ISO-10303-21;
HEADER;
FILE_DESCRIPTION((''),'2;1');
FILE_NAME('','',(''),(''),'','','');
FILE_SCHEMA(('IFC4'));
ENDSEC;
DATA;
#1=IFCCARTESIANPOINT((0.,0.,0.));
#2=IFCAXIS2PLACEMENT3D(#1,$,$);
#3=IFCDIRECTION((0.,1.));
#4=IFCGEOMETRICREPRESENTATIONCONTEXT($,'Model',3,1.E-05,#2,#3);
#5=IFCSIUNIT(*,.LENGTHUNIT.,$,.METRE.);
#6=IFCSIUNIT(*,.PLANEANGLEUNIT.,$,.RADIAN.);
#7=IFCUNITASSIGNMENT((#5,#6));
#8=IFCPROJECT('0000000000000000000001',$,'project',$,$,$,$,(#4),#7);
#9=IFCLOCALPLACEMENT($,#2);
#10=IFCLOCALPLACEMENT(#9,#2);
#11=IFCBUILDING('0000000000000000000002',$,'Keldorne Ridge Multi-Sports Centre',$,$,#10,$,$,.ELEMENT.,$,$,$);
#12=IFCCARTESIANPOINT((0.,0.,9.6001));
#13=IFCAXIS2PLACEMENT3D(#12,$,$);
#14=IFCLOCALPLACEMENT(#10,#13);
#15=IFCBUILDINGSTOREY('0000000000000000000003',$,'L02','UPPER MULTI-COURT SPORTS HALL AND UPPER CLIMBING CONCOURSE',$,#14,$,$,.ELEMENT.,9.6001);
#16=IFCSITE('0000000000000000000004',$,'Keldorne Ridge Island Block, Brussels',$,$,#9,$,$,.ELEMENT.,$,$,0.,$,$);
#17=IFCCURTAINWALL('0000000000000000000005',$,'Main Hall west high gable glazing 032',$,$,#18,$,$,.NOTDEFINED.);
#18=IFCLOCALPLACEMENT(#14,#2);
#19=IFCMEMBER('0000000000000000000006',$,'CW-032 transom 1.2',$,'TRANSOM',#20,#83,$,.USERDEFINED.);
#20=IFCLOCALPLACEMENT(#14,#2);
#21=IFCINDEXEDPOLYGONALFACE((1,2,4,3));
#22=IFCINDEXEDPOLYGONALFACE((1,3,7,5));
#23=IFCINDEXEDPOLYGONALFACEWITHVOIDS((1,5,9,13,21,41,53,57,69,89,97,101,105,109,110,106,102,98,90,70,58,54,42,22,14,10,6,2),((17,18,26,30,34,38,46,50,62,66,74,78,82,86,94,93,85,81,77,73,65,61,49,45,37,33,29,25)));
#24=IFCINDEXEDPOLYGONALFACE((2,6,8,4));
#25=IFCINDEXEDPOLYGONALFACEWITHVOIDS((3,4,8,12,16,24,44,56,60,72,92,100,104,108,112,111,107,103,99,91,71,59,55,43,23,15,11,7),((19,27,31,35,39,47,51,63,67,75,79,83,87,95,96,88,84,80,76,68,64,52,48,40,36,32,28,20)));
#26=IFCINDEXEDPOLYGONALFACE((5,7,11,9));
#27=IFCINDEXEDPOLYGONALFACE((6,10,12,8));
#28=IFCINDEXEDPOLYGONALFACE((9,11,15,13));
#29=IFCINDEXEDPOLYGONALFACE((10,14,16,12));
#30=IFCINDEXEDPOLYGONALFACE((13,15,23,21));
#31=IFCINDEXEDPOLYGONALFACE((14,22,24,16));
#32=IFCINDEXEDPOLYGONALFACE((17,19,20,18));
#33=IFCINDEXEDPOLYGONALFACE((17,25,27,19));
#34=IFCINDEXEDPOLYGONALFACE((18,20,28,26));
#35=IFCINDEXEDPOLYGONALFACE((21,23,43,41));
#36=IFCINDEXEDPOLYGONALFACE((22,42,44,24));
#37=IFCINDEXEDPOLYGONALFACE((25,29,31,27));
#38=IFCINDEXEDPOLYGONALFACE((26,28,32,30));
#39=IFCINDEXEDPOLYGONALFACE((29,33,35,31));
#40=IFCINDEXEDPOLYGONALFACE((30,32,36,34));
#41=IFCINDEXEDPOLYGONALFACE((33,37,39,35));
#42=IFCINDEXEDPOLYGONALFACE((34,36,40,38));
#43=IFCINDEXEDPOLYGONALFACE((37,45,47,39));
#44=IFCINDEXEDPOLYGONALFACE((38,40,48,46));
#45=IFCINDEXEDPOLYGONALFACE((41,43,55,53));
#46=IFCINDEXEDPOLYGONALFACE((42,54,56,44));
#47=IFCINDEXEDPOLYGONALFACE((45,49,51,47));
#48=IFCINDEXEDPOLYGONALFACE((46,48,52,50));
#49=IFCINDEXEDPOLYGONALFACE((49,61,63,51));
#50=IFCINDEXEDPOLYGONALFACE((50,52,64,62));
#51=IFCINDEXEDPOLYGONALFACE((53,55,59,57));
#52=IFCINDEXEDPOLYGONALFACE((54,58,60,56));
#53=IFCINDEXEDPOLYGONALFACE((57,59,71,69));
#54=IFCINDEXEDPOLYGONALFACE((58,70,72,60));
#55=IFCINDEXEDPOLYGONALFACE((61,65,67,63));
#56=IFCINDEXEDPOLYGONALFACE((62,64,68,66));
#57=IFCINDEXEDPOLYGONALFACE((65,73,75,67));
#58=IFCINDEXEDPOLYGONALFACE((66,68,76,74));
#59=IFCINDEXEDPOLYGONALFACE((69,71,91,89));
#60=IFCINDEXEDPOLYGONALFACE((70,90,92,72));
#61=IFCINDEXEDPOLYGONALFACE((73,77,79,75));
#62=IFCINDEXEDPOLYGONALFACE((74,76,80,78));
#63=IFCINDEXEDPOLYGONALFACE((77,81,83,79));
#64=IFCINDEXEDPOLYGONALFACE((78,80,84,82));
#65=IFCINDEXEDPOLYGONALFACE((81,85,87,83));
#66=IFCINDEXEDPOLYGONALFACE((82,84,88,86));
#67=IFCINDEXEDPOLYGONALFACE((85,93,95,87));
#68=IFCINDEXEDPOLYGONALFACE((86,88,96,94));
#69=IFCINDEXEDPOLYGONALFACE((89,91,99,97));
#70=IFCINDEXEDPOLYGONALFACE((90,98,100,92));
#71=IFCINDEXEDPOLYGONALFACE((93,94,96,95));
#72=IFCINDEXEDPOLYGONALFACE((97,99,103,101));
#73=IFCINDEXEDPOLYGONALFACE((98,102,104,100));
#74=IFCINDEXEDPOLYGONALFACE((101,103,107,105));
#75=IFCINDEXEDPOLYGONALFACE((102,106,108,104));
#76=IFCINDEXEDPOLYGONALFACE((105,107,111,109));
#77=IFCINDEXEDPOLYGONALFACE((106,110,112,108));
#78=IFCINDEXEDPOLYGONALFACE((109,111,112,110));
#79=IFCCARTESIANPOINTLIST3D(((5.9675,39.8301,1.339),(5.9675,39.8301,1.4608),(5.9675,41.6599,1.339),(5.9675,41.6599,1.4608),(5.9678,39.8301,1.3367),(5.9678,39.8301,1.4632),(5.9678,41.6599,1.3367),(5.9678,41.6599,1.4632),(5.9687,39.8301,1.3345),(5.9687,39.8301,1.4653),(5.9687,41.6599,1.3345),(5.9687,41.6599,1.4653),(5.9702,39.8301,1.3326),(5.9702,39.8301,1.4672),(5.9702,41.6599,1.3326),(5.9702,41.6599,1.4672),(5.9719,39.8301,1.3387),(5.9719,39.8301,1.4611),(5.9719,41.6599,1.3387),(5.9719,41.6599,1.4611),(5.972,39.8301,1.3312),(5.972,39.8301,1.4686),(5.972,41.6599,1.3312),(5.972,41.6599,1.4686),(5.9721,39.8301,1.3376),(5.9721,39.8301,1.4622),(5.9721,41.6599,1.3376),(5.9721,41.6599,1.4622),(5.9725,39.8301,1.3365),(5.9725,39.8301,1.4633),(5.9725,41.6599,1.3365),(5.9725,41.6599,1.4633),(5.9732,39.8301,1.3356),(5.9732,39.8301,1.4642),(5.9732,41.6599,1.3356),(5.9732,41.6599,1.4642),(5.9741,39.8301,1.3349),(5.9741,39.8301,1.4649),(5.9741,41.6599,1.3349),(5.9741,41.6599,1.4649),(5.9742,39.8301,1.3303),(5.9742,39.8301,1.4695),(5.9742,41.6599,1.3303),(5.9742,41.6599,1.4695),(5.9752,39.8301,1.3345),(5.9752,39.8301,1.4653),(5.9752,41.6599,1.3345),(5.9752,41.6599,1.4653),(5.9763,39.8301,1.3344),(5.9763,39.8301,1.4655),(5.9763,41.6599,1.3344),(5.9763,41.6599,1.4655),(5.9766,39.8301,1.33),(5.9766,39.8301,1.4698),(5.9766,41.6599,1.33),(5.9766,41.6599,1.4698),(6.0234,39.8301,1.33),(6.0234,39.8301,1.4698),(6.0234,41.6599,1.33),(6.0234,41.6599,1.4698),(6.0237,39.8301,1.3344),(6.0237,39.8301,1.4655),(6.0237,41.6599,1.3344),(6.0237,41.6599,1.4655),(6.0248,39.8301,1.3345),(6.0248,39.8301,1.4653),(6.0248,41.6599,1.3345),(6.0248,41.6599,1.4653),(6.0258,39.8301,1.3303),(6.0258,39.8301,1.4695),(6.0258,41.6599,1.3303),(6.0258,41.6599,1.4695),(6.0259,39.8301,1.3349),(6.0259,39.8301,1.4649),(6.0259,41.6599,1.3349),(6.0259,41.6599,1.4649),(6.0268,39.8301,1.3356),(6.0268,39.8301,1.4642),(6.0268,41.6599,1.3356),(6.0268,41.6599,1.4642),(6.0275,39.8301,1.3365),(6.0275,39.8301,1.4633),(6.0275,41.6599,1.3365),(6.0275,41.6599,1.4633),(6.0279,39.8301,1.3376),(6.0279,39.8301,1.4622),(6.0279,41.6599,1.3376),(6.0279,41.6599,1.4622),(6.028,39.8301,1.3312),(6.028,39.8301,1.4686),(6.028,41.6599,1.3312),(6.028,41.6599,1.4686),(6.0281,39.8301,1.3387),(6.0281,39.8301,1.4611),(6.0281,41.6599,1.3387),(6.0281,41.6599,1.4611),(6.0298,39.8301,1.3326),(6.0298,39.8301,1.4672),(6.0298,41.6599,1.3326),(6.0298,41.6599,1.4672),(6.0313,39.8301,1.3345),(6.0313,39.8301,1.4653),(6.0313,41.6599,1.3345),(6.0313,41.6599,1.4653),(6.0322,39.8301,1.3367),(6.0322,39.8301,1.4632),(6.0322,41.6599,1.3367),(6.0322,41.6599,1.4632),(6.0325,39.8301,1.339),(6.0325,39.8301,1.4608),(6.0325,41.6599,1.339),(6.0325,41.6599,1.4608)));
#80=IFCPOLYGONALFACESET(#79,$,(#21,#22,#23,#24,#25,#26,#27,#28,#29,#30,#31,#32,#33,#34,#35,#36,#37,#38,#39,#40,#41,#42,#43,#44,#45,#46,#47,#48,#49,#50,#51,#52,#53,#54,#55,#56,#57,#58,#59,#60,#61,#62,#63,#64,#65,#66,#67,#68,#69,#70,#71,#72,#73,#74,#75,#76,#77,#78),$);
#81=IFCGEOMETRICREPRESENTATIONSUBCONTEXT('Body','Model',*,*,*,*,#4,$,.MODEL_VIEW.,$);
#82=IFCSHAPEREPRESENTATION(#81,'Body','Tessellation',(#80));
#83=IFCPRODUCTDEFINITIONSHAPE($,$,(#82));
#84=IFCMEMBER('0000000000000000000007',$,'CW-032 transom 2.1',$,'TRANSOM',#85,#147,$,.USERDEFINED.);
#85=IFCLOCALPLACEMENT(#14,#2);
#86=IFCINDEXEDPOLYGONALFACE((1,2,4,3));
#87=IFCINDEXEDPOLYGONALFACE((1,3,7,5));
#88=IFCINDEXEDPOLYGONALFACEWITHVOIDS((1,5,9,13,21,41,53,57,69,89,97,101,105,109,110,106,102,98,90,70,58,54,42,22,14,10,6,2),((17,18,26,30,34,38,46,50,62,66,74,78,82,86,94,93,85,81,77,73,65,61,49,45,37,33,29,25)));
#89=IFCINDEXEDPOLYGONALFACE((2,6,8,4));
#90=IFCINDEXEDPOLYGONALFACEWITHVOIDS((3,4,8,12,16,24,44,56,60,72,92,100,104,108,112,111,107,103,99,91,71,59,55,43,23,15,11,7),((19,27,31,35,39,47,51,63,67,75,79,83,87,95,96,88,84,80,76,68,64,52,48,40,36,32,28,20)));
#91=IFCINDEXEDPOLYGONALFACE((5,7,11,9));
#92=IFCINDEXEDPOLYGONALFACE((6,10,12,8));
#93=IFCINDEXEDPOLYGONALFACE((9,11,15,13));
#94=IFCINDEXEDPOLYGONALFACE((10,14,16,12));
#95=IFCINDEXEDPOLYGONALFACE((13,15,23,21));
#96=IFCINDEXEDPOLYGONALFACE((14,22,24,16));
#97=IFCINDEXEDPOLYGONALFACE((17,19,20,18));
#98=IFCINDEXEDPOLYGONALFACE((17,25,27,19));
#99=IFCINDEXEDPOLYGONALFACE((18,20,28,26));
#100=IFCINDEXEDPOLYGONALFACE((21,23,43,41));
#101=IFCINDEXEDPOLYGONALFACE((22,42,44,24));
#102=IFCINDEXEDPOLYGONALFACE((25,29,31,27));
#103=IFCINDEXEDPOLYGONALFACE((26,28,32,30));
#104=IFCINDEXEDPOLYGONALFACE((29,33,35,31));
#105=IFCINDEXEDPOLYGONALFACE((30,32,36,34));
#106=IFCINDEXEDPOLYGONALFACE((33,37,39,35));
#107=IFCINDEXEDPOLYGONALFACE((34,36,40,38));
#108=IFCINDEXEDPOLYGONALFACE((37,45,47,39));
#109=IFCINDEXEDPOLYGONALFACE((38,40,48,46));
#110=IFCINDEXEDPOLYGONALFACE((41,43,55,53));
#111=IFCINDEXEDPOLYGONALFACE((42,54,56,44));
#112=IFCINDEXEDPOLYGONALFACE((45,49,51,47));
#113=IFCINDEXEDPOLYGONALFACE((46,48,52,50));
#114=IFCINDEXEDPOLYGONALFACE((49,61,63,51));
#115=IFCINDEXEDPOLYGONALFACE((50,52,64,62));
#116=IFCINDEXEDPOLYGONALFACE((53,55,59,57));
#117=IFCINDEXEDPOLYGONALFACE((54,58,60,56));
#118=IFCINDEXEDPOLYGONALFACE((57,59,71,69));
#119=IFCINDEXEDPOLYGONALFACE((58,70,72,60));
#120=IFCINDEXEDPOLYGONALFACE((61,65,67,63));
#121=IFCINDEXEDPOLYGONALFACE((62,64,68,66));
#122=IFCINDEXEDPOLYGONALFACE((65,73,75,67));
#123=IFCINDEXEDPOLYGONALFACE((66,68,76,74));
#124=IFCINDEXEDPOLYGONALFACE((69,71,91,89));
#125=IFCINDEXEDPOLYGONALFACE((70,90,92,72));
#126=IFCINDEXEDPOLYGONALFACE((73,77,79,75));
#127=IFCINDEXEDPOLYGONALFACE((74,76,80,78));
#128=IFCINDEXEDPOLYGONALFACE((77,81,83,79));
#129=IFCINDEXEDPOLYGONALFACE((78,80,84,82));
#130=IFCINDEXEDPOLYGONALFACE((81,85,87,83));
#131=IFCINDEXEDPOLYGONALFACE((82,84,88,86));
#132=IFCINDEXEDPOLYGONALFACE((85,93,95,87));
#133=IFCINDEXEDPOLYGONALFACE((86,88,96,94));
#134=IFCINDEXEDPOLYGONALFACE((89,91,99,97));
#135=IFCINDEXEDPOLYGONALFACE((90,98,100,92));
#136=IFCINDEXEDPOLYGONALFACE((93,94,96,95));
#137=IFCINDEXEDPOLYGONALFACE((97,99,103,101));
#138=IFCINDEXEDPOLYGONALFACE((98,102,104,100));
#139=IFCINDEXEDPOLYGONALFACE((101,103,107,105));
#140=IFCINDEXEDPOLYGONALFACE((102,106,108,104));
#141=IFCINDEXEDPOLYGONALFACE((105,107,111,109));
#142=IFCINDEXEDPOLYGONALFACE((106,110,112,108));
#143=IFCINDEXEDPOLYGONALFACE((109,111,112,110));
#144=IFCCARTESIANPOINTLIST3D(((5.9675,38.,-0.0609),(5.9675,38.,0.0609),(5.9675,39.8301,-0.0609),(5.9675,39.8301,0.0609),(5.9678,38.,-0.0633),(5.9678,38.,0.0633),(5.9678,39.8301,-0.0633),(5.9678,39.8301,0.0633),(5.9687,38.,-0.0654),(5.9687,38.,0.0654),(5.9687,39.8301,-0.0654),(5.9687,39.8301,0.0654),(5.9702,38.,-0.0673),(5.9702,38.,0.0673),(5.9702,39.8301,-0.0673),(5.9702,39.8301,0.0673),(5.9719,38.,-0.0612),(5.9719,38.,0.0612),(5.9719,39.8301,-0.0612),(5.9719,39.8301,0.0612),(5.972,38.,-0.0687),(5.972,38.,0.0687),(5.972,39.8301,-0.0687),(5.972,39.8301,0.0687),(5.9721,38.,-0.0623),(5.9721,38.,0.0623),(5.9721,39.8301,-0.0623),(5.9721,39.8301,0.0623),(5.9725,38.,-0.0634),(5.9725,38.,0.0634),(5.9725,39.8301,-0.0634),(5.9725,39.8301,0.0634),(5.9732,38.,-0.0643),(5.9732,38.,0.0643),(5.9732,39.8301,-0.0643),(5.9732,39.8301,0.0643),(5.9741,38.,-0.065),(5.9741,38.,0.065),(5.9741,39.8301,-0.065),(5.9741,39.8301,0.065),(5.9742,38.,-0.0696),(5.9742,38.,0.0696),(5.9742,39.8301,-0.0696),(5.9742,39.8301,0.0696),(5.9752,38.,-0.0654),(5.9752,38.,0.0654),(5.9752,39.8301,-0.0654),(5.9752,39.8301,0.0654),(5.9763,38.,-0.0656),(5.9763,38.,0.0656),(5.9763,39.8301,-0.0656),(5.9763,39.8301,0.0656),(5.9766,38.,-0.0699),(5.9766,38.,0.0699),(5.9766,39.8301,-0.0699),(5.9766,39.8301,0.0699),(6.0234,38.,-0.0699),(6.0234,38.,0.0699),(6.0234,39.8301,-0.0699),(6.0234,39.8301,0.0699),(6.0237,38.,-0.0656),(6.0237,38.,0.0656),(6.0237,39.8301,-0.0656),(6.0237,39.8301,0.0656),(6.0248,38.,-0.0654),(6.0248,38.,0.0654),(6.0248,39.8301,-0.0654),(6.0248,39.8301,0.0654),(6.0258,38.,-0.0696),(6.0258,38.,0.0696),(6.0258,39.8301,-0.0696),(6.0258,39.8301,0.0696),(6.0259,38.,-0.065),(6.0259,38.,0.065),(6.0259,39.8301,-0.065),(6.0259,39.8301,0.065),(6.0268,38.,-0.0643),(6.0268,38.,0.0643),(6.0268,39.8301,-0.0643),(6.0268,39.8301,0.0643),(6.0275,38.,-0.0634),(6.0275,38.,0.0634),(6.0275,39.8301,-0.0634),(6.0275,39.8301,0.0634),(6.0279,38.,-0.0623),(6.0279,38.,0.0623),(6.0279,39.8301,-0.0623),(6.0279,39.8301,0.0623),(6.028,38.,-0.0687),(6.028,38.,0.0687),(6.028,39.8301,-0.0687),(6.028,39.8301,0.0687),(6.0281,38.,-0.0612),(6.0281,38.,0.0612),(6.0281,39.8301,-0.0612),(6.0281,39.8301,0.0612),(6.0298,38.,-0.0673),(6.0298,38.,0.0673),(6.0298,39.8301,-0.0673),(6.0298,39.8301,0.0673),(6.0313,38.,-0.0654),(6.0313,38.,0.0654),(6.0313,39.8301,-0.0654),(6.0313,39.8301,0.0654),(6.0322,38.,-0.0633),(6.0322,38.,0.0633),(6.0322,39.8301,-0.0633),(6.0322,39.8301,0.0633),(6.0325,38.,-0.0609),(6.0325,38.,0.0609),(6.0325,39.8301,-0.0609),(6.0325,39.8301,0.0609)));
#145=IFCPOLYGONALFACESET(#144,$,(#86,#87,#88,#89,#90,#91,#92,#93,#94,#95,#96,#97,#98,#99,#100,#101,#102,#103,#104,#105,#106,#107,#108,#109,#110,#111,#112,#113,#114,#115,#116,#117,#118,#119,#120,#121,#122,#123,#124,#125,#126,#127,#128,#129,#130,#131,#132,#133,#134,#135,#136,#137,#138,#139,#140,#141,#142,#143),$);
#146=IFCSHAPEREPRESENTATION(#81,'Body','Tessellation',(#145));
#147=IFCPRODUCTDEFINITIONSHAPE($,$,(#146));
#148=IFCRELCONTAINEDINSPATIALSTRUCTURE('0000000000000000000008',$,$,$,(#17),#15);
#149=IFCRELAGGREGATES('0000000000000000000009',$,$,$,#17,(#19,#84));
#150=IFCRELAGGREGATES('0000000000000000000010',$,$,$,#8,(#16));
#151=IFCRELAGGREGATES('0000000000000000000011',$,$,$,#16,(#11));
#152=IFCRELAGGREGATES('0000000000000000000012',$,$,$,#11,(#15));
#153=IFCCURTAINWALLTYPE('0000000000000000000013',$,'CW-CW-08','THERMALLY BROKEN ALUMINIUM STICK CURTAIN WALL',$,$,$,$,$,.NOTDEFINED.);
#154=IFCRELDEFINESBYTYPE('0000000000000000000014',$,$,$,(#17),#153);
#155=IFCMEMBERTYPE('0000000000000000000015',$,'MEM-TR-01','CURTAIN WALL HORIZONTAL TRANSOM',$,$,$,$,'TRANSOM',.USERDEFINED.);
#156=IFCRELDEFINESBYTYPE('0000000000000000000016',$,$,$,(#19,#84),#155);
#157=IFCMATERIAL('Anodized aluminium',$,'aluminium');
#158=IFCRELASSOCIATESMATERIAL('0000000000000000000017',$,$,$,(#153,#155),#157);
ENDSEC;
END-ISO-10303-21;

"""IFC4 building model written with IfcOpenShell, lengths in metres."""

from ifc_helpers import new_model, si_unit, direction, frame, origin, origin_2d, place, context, subcontext, project, spatial, hollow_rectangle, extrude, material, material_profile, profile_set, type_object, element, aggregate, save


model = new_model("IFC4")

# Units and contexts
model_context = context("Model", 3, precision=1e-05, world=origin(), true_north=direction((0.0, 1.0)))
body_context = subcontext(model_context, "Body", "Model", "MODEL_VIEW")
ifc_project = project(units=[si_unit("LENGTHUNIT", "METRE"), si_unit("PLANEANGLEUNIT", "RADIAN")], contexts=[model_context])

# Site, building, storey
site_placement = place(None, origin())
site = spatial("IfcSite", under=ifc_project, at=site_placement, Name="Keldorne Ridge Island Block, Brussels", CompositionType="ELEMENT", RefElevation=0.0)
building_placement = place(site_placement, origin())
building = spatial("IfcBuilding", under=site, at=building_placement, Name="Keldorne Ridge Multi-Sports Centre", CompositionType="ELEMENT")
storey_placement = place(building_placement, frame((0.0, 0.0, 9.6001)))
storey = spatial("IfcBuildingStorey", under=building, at=storey_placement, Name="L02", Description="UPPER MULTI-COURT SPORTS HALL AND UPPER CLIMBING CONCOURSE", CompositionType="ELEMENT", Elevation=9.6001)

# Curtain wall
ifc_material_1 = material(Name="Anodized aluminium", Category="aluminium")
curtain_wall_type_1 = type_object("IfcCurtainWallType", Name="CW-CW-08", Description="THERMALLY BROKEN ALUMINIUM STICK CURTAIN WALL", PredefinedType="NOTDEFINED", material=ifc_material_1)
curtain_wall_1_placement = place(storey_placement, origin())
curtain_wall_1 = element("IfcCurtainWall", 1, at=curtain_wall_1_placement, inside=storey, type_object=curtain_wall_type_1, Name="Main Hall west high gable glazing 032", PredefinedType="NOTDEFINED")

# Members
ifc_material_profile_1 = material_profile(ifc_material_1, hollow_rectangle(XDim=0.0649, YDim=0.1399, WallThickness=0.0044, InnerFilletRadius=0.0044, OuterFilletRadius=0.009, at=origin_2d()), Name="ALU TRANSOM 140x65x4.5")
ifc_profile_set_1 = profile_set([ifc_material_profile_1], Name="Anodized aluminium")
member_type_1 = type_object("IfcMemberType", Name="MEM-TR-01", Description="CURTAIN WALL HORIZONTAL TRANSOM", ElementType="TRANSOM", PredefinedType="USERDEFINED", material=ifc_profile_set_1)
member_1_placement = place(storey_placement, frame((6.0, 41.6599, 1.3999), z_axis=(0.0, -1.0, 0.0), x_axis=(1.0, 0.0, 0.0)))
member_1 = element("IfcMember", 2, at=member_1_placement, type_object=member_type_1, Name="CW-032 transom 1.2", ObjectType="TRANSOM", PredefinedType="USERDEFINED", context=body_context, shape_type="SweptSolid", body=[
    extrude(hollow_rectangle(XDim=0.0649, YDim=0.1399, WallThickness=0.0044, InnerFilletRadius=0.0044, OuterFilletRadius=0.009, at=origin_2d()), origin(), (0.0, 0.0, 1.0), 1.8298),
])
member_2_placement = place(storey_placement, frame((6.0, 39.8301, 0.0), z_axis=(0.0, -1.0, 0.0), x_axis=(1.0, 0.0, 0.0)))
member_2 = element("IfcMember", 3, at=member_2_placement, type_object=member_type_1, Name="CW-032 transom 2.1", ObjectType="TRANSOM", PredefinedType="USERDEFINED", context=body_context, shape_type="SweptSolid", body=[
    extrude(hollow_rectangle(XDim=0.0649, YDim=0.1399, WallThickness=0.0044, InnerFilletRadius=0.0044, OuterFilletRadius=0.009, at=origin_2d()), origin(), (0.0, 0.0, 1.0), 1.8301),
])

aggregate(curtain_wall_1, [member_1, member_2])

save(model, "model.ifc")
